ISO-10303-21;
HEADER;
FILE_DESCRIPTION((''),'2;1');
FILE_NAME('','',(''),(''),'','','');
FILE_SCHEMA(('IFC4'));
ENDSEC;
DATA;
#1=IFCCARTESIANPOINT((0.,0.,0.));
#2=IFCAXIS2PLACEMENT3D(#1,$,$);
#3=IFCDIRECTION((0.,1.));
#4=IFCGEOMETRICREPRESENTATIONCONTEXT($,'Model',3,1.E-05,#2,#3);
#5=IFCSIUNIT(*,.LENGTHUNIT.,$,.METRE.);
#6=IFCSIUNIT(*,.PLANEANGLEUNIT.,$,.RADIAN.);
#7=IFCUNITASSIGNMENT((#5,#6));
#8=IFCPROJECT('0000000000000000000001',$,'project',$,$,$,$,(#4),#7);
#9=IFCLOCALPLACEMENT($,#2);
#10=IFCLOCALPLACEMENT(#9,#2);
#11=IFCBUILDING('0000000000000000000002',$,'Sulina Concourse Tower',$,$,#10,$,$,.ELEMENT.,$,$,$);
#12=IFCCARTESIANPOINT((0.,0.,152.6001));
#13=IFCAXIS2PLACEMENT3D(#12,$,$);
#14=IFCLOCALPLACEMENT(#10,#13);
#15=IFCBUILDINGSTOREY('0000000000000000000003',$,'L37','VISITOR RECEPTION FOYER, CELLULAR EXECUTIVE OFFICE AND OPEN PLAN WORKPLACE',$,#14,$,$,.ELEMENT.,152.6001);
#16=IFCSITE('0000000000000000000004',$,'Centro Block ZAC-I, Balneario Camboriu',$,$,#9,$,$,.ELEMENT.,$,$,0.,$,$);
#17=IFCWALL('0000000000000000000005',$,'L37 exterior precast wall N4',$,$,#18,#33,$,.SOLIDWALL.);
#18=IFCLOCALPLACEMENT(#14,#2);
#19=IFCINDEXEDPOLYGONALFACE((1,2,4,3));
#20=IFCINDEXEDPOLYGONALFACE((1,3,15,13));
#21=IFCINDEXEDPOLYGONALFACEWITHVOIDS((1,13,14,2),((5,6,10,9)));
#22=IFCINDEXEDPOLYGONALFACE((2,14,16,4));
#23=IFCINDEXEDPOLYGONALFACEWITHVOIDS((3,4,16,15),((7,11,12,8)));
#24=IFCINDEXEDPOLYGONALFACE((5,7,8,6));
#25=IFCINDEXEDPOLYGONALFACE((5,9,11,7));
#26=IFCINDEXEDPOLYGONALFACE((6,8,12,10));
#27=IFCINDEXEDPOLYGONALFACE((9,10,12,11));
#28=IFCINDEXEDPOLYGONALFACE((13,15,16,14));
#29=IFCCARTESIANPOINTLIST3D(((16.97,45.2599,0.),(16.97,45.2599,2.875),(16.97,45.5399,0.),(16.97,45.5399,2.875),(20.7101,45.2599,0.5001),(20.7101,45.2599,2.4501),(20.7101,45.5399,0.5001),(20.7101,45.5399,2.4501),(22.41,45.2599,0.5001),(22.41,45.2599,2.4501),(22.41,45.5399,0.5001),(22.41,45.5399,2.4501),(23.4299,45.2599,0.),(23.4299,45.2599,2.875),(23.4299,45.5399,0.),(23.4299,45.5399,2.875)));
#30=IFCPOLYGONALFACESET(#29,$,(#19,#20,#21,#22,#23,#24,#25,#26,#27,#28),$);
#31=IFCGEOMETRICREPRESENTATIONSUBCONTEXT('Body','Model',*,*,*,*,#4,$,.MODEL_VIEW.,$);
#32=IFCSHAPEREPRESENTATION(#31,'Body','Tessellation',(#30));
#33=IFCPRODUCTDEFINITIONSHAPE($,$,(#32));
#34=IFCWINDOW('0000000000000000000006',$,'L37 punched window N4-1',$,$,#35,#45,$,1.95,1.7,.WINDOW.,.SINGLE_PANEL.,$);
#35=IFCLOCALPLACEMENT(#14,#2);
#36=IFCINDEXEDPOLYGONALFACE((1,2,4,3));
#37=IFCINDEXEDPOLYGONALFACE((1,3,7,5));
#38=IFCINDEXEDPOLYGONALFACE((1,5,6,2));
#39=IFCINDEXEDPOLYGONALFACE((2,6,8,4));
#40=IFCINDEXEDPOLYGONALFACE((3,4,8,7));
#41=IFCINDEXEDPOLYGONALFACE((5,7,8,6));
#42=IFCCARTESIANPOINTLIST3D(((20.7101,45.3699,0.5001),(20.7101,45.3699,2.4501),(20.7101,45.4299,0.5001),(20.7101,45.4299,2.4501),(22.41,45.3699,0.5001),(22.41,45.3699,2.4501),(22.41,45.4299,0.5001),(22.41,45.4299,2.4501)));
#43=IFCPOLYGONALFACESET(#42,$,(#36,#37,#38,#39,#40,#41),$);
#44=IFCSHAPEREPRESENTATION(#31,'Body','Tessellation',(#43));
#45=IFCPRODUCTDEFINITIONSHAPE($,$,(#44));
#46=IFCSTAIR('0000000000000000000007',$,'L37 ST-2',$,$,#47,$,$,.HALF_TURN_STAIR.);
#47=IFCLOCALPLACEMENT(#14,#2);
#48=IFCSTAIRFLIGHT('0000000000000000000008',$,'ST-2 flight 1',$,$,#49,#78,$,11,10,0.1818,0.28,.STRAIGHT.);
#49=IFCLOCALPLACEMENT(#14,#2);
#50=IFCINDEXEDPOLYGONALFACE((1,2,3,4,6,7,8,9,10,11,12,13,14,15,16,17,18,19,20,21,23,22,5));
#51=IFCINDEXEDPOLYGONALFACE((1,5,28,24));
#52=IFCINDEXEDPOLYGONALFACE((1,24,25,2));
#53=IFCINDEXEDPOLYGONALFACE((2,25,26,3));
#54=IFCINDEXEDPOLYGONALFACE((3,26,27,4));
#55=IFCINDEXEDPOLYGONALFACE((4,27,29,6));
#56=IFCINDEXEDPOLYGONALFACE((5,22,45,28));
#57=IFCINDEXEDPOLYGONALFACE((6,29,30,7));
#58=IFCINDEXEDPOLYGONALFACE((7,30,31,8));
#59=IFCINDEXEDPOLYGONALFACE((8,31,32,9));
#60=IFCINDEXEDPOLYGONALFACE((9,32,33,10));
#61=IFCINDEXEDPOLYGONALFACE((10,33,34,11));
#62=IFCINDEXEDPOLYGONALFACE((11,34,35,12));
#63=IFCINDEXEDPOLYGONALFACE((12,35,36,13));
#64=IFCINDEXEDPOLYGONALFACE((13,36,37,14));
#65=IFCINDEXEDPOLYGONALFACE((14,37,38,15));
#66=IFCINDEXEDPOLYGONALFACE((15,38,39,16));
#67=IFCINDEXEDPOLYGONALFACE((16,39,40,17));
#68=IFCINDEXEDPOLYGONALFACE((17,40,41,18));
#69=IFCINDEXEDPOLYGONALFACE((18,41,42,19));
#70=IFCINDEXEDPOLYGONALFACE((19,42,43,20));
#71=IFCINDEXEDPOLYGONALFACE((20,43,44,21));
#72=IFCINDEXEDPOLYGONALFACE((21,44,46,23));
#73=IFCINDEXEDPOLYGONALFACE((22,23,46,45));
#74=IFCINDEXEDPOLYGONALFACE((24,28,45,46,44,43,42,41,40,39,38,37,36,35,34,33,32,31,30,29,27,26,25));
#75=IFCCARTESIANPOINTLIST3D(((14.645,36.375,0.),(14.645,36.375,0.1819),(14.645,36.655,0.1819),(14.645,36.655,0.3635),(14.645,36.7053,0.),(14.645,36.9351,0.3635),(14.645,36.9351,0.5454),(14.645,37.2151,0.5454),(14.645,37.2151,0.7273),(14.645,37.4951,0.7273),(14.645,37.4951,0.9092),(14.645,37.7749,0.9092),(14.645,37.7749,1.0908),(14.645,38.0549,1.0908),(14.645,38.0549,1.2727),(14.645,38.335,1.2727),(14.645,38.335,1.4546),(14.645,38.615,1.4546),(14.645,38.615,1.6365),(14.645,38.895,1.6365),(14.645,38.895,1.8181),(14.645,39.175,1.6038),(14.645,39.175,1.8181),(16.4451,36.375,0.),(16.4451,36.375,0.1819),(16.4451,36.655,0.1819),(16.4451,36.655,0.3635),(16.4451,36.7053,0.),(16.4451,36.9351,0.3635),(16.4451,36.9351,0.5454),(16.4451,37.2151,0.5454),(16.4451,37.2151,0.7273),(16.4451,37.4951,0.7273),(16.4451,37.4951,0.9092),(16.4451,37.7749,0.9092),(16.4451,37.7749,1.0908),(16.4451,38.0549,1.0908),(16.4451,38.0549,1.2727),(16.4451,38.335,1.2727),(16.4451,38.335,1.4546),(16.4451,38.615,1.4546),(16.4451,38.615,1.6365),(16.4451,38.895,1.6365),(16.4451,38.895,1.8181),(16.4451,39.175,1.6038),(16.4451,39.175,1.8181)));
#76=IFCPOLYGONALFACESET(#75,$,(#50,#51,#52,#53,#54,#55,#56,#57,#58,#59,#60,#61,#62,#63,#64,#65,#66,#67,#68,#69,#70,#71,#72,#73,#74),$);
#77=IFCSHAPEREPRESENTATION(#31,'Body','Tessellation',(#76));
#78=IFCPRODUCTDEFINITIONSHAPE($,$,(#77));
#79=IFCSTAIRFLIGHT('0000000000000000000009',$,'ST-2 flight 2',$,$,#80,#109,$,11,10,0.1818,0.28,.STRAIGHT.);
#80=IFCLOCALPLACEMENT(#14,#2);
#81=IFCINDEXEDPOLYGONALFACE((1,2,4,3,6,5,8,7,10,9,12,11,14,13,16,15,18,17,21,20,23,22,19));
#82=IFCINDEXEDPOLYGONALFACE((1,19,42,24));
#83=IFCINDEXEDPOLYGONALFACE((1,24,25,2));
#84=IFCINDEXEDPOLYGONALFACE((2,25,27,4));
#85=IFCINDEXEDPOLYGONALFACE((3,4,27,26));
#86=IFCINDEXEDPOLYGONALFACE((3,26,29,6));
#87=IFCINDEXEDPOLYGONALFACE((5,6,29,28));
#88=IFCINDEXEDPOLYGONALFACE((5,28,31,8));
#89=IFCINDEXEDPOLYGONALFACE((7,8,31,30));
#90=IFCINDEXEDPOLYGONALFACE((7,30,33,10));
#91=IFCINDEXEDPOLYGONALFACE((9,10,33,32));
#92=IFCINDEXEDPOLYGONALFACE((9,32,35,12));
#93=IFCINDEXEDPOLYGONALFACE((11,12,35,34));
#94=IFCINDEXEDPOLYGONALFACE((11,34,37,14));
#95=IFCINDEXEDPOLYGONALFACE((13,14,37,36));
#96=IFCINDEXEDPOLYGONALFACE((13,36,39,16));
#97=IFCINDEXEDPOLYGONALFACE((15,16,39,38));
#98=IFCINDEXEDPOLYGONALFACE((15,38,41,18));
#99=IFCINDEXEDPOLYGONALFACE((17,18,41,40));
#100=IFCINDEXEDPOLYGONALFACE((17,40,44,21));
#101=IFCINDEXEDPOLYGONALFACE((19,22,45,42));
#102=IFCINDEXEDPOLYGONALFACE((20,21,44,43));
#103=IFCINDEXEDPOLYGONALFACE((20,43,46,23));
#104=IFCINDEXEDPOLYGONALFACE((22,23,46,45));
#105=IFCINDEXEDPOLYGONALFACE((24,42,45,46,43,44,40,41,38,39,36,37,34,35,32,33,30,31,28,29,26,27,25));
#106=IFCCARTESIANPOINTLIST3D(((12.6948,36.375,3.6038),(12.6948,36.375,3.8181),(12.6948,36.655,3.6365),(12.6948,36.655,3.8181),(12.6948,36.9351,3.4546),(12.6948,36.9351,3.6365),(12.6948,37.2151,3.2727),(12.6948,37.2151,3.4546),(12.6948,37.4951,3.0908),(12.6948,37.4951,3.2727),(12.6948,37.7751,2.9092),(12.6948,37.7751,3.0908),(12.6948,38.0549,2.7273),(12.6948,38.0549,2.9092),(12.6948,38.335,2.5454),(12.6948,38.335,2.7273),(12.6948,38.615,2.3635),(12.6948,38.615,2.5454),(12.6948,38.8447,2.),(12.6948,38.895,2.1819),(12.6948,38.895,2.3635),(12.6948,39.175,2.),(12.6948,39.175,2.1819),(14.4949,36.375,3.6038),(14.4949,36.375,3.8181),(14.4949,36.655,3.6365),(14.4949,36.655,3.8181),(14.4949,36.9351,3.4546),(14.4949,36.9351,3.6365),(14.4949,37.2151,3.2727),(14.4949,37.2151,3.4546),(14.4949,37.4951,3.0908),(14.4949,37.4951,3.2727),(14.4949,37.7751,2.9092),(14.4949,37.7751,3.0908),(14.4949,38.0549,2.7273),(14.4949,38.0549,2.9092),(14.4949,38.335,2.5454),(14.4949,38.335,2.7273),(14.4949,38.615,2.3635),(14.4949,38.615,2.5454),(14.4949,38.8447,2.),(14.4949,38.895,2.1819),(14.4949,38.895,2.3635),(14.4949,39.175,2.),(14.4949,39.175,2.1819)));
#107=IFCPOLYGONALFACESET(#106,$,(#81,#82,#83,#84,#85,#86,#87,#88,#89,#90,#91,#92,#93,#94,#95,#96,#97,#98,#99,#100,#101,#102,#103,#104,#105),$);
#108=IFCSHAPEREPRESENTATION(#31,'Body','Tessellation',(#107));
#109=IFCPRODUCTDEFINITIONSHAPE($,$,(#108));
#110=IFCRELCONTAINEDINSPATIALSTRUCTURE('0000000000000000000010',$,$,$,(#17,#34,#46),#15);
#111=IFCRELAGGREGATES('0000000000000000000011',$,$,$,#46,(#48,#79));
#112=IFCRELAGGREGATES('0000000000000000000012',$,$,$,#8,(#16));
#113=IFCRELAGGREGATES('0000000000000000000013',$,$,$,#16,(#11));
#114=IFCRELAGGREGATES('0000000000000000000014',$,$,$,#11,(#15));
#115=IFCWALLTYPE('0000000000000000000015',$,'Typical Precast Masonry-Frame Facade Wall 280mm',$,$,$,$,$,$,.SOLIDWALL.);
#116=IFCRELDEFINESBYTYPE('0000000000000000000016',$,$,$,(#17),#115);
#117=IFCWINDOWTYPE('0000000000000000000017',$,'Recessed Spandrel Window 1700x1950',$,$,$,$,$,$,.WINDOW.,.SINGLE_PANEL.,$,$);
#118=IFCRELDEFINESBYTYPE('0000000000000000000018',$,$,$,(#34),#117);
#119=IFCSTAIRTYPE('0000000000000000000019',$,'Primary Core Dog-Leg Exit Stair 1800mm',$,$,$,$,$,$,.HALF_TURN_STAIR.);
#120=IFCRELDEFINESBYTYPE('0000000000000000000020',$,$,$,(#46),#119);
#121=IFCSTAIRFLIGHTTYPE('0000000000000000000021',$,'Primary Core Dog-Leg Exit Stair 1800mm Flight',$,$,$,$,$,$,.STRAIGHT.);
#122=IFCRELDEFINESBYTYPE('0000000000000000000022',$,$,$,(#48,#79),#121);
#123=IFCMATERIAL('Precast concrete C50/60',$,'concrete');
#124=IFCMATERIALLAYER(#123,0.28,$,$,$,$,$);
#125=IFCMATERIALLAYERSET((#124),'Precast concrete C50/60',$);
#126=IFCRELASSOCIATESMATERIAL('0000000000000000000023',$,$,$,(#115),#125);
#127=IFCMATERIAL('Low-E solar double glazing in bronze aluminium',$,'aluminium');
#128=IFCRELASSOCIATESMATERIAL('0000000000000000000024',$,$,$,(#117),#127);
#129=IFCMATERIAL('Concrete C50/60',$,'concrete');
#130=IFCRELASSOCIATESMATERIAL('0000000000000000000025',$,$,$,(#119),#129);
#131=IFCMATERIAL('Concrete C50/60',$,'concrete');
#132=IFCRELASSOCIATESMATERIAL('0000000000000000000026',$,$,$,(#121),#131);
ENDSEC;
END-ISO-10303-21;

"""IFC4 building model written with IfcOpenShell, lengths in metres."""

from ifc_helpers import new_model, si_unit, direction, frame, frame_2d, origin, place, context, subcontext, project, spatial, polyline, rectangle, outline, extrude, material, layer, layer_set, type_object, element, fill, aggregate, save


model = new_model("IFC4")

# Units and contexts
model_context = context("Model", 3, precision=1e-05, world=origin(), true_north=direction((0.0, 1.0)))
body_context = subcontext(model_context, "Body", "Model", "MODEL_VIEW")
ifc_project = project(units=[si_unit("LENGTHUNIT", "METRE"), si_unit("PLANEANGLEUNIT", "RADIAN")], contexts=[model_context])

# Site, building, storey
site_placement = place(None, origin())
site = spatial("IfcSite", under=ifc_project, at=site_placement, Name="Centro Block ZAC-I, Balneario Camboriu", CompositionType="ELEMENT", RefElevation=0.0)
building_placement = place(site_placement, origin())
building = spatial("IfcBuilding", under=site, at=building_placement, Name="Sulina Concourse Tower", CompositionType="ELEMENT")
storey_placement = place(building_placement, frame((0.0, 0.0, 152.6001)))
storey = spatial("IfcBuildingStorey", under=building, at=storey_placement, Name="L37", Description="VISITOR RECEPTION FOYER, CELLULAR EXECUTIVE OFFICE AND OPEN PLAN WORKPLACE", CompositionType="ELEMENT", Elevation=152.6001)

# Shared definitions
ifc_material_1 = material(Name="Precast concrete C50/60", Category="concrete")
ifc_layer_1 = layer(ifc_material_1, 0.28)
ifc_layer_set_1 = layer_set([ifc_layer_1], Name="Precast concrete C50/60")
wall_type_1 = type_object("IfcWallType", Name="Typical Precast Masonry-Frame Facade Wall 280mm", PredefinedType="SOLIDWALL", material=ifc_layer_set_1)

# Wall, opening, window
wall_1_placement = place(storey_placement, frame((16.97, 45.3999, 0.0), z_axis=(0.0, 0.0, 1.0), x_axis=(1.0, 0.0, 0.0)))
wall_1 = element("IfcWall", 1, at=wall_1_placement, inside=storey, type_object=wall_type_1, Name="L37 exterior precast wall N4", PredefinedType="SOLIDWALL", context=body_context, shape_type="SweptSolid", body=[
    extrude(rectangle(XDim=6.46, YDim=0.28, at=frame_2d((3.23, 0.0))), origin(), (0.0, 0.0, 1.0), 2.875),
])
opening_1_placement = place(wall_1_placement, frame((3.74, 0.0, 0.5)))
opening_1 = element("IfcOpeningElement", 2, at=opening_1_placement, cuts=wall_1, PredefinedType="OPENING", context=body_context, shape_type="SweptSolid", body=[
    extrude(rectangle(XDim=1.7, YDim=1.95, at=frame_2d((0.8501, 0.9751))), frame((0.0, 0.1499, 0.0), z_axis=(0.0, -1.0, 0.0), x_axis=(1.0, 0.0, 0.0)), (0.0, 0.0, 1.0), 0.3),
])
ifc_material_2 = material(Name="Low-E solar double glazing in bronze aluminium", Category="aluminium")
window_type = type_object("IfcWindowType", Name="Recessed Spandrel Window 1700x1950", PartitioningType="SINGLE_PANEL", PredefinedType="WINDOW", material=ifc_material_2)
window_placement = place(opening_1_placement, origin())
window = element("IfcWindow", 3, at=window_placement, inside=storey, type_object=window_type, Name="L37 punched window N4-1", OverallHeight=1.95, OverallWidth=1.7, PartitioningType="SINGLE_PANEL", PredefinedType="WINDOW", context=body_context, shape_type="SweptSolid", body=[
    extrude(rectangle(XDim=1.7, YDim=1.95, at=frame_2d((0.8501, 0.9751))), frame((0.0, 0.03, 0.0), z_axis=(0.0, -1.0, 0.0), x_axis=(1.0, 0.0, 0.0)), (0.0, 0.0, 1.0), 0.0601),
])
fill(opening_1, window)

# Stair, stair flights
ifc_material_3 = material(Name="Concrete C50/60", Category="concrete")
stair_type = type_object("IfcStairType", Name="Primary Core Dog-Leg Exit Stair 1800mm", PredefinedType="HALF_TURN_STAIR", material=ifc_material_3)
stair_placement = place(storey_placement, origin())
stair = element("IfcStair", 4, at=stair_placement, inside=storey, type_object=stair_type, Name="L37 ST-2", PredefinedType="HALF_TURN_STAIR")
ifc_material_4 = material(Name="Concrete C50/60", Category="concrete")
stair_flight_type = type_object("IfcStairFlightType", Name="Primary Core Dog-Leg Exit Stair 1800mm Flight", PredefinedType="STRAIGHT", material=ifc_material_4)
stair_flight_1_placement = place(storey_placement, frame((15.5449, 36.375, 0.0), z_axis=(0.0, 0.0, 1.0), x_axis=(0.0, 1.0, 0.0)))
stair_flight_1 = element("IfcStairFlight", 5, at=stair_flight_1_placement, type_object=stair_flight_type, Name="ST-2 flight 1", NumberOfRisers=11, NumberOfTreads=10, PredefinedType="STRAIGHT", RiserHeight=0.1818, TreadLength=0.28, context=body_context, shape_type="SweptSolid", body=[
    extrude(outline(polyline([(0.0, 0.0), (0.0, 0.1819), (0.28, 0.1819), (0.28, 0.3635), (0.5601, 0.3635), (0.5601, 0.5454), (0.8401, 0.5454), (0.8401, 0.7273), (1.1201, 0.7273), (1.1201, 0.9092), (1.3999, 0.9092), (1.3999, 1.0908), (1.6799, 1.0908), (1.6799, 1.2727), (1.96, 1.2727), (1.96, 1.4546), (2.24, 1.4546), (2.24, 1.6365), (2.52, 1.6365), (2.52, 1.8181), (2.8, 1.8181), (2.8, 2.0), (2.8, 1.6038), (0.3303, 0.0), (0.0, 0.0)])), frame((0.0, 0.8999, 0.0), z_axis=(0.0, -1.0, 0.0), x_axis=(1.0, 0.0, 0.0)), (0.0, 0.0, 1.0), 1.8),
])
stair_flight_2_placement = place(storey_placement, frame((13.595, 39.175, 2.0), z_axis=(0.0, 0.0, 1.0), x_axis=(0.0, -1.0, 0.0)))
stair_flight_2 = element("IfcStairFlight", 6, at=stair_flight_2_placement, type_object=stair_flight_type, Name="ST-2 flight 2", NumberOfRisers=11, NumberOfTreads=10, PredefinedType="STRAIGHT", RiserHeight=0.1818, TreadLength=0.28, context=body_context, shape_type="SweptSolid", body=[
    extrude(outline(polyline([(0.0, 0.0), (0.0, 0.1819), (0.28, 0.1819), (0.28, 0.3635), (0.5601, 0.3635), (0.5601, 0.5454), (0.8401, 0.5454), (0.8401, 0.7273), (1.1201, 0.7273), (1.1201, 0.9092), (1.3999, 0.9092), (1.3999, 1.0908), (1.6799, 1.0908), (1.6799, 1.2727), (1.96, 1.2727), (1.96, 1.4546), (2.24, 1.4546), (2.24, 1.6365), (2.52, 1.6365), (2.52, 1.8181), (2.8, 1.8181), (2.8, 2.0), (2.8, 1.6038), (0.3303, 0.0), (0.0, 0.0)])), frame((0.0, 0.8999, 0.0), z_axis=(0.0, -1.0, 0.0), x_axis=(1.0, 0.0, 0.0)), (0.0, 0.0, 1.0), 1.8),
])
aggregate(stair, [stair_flight_1, stair_flight_2])

save(model, "model.ifc")
